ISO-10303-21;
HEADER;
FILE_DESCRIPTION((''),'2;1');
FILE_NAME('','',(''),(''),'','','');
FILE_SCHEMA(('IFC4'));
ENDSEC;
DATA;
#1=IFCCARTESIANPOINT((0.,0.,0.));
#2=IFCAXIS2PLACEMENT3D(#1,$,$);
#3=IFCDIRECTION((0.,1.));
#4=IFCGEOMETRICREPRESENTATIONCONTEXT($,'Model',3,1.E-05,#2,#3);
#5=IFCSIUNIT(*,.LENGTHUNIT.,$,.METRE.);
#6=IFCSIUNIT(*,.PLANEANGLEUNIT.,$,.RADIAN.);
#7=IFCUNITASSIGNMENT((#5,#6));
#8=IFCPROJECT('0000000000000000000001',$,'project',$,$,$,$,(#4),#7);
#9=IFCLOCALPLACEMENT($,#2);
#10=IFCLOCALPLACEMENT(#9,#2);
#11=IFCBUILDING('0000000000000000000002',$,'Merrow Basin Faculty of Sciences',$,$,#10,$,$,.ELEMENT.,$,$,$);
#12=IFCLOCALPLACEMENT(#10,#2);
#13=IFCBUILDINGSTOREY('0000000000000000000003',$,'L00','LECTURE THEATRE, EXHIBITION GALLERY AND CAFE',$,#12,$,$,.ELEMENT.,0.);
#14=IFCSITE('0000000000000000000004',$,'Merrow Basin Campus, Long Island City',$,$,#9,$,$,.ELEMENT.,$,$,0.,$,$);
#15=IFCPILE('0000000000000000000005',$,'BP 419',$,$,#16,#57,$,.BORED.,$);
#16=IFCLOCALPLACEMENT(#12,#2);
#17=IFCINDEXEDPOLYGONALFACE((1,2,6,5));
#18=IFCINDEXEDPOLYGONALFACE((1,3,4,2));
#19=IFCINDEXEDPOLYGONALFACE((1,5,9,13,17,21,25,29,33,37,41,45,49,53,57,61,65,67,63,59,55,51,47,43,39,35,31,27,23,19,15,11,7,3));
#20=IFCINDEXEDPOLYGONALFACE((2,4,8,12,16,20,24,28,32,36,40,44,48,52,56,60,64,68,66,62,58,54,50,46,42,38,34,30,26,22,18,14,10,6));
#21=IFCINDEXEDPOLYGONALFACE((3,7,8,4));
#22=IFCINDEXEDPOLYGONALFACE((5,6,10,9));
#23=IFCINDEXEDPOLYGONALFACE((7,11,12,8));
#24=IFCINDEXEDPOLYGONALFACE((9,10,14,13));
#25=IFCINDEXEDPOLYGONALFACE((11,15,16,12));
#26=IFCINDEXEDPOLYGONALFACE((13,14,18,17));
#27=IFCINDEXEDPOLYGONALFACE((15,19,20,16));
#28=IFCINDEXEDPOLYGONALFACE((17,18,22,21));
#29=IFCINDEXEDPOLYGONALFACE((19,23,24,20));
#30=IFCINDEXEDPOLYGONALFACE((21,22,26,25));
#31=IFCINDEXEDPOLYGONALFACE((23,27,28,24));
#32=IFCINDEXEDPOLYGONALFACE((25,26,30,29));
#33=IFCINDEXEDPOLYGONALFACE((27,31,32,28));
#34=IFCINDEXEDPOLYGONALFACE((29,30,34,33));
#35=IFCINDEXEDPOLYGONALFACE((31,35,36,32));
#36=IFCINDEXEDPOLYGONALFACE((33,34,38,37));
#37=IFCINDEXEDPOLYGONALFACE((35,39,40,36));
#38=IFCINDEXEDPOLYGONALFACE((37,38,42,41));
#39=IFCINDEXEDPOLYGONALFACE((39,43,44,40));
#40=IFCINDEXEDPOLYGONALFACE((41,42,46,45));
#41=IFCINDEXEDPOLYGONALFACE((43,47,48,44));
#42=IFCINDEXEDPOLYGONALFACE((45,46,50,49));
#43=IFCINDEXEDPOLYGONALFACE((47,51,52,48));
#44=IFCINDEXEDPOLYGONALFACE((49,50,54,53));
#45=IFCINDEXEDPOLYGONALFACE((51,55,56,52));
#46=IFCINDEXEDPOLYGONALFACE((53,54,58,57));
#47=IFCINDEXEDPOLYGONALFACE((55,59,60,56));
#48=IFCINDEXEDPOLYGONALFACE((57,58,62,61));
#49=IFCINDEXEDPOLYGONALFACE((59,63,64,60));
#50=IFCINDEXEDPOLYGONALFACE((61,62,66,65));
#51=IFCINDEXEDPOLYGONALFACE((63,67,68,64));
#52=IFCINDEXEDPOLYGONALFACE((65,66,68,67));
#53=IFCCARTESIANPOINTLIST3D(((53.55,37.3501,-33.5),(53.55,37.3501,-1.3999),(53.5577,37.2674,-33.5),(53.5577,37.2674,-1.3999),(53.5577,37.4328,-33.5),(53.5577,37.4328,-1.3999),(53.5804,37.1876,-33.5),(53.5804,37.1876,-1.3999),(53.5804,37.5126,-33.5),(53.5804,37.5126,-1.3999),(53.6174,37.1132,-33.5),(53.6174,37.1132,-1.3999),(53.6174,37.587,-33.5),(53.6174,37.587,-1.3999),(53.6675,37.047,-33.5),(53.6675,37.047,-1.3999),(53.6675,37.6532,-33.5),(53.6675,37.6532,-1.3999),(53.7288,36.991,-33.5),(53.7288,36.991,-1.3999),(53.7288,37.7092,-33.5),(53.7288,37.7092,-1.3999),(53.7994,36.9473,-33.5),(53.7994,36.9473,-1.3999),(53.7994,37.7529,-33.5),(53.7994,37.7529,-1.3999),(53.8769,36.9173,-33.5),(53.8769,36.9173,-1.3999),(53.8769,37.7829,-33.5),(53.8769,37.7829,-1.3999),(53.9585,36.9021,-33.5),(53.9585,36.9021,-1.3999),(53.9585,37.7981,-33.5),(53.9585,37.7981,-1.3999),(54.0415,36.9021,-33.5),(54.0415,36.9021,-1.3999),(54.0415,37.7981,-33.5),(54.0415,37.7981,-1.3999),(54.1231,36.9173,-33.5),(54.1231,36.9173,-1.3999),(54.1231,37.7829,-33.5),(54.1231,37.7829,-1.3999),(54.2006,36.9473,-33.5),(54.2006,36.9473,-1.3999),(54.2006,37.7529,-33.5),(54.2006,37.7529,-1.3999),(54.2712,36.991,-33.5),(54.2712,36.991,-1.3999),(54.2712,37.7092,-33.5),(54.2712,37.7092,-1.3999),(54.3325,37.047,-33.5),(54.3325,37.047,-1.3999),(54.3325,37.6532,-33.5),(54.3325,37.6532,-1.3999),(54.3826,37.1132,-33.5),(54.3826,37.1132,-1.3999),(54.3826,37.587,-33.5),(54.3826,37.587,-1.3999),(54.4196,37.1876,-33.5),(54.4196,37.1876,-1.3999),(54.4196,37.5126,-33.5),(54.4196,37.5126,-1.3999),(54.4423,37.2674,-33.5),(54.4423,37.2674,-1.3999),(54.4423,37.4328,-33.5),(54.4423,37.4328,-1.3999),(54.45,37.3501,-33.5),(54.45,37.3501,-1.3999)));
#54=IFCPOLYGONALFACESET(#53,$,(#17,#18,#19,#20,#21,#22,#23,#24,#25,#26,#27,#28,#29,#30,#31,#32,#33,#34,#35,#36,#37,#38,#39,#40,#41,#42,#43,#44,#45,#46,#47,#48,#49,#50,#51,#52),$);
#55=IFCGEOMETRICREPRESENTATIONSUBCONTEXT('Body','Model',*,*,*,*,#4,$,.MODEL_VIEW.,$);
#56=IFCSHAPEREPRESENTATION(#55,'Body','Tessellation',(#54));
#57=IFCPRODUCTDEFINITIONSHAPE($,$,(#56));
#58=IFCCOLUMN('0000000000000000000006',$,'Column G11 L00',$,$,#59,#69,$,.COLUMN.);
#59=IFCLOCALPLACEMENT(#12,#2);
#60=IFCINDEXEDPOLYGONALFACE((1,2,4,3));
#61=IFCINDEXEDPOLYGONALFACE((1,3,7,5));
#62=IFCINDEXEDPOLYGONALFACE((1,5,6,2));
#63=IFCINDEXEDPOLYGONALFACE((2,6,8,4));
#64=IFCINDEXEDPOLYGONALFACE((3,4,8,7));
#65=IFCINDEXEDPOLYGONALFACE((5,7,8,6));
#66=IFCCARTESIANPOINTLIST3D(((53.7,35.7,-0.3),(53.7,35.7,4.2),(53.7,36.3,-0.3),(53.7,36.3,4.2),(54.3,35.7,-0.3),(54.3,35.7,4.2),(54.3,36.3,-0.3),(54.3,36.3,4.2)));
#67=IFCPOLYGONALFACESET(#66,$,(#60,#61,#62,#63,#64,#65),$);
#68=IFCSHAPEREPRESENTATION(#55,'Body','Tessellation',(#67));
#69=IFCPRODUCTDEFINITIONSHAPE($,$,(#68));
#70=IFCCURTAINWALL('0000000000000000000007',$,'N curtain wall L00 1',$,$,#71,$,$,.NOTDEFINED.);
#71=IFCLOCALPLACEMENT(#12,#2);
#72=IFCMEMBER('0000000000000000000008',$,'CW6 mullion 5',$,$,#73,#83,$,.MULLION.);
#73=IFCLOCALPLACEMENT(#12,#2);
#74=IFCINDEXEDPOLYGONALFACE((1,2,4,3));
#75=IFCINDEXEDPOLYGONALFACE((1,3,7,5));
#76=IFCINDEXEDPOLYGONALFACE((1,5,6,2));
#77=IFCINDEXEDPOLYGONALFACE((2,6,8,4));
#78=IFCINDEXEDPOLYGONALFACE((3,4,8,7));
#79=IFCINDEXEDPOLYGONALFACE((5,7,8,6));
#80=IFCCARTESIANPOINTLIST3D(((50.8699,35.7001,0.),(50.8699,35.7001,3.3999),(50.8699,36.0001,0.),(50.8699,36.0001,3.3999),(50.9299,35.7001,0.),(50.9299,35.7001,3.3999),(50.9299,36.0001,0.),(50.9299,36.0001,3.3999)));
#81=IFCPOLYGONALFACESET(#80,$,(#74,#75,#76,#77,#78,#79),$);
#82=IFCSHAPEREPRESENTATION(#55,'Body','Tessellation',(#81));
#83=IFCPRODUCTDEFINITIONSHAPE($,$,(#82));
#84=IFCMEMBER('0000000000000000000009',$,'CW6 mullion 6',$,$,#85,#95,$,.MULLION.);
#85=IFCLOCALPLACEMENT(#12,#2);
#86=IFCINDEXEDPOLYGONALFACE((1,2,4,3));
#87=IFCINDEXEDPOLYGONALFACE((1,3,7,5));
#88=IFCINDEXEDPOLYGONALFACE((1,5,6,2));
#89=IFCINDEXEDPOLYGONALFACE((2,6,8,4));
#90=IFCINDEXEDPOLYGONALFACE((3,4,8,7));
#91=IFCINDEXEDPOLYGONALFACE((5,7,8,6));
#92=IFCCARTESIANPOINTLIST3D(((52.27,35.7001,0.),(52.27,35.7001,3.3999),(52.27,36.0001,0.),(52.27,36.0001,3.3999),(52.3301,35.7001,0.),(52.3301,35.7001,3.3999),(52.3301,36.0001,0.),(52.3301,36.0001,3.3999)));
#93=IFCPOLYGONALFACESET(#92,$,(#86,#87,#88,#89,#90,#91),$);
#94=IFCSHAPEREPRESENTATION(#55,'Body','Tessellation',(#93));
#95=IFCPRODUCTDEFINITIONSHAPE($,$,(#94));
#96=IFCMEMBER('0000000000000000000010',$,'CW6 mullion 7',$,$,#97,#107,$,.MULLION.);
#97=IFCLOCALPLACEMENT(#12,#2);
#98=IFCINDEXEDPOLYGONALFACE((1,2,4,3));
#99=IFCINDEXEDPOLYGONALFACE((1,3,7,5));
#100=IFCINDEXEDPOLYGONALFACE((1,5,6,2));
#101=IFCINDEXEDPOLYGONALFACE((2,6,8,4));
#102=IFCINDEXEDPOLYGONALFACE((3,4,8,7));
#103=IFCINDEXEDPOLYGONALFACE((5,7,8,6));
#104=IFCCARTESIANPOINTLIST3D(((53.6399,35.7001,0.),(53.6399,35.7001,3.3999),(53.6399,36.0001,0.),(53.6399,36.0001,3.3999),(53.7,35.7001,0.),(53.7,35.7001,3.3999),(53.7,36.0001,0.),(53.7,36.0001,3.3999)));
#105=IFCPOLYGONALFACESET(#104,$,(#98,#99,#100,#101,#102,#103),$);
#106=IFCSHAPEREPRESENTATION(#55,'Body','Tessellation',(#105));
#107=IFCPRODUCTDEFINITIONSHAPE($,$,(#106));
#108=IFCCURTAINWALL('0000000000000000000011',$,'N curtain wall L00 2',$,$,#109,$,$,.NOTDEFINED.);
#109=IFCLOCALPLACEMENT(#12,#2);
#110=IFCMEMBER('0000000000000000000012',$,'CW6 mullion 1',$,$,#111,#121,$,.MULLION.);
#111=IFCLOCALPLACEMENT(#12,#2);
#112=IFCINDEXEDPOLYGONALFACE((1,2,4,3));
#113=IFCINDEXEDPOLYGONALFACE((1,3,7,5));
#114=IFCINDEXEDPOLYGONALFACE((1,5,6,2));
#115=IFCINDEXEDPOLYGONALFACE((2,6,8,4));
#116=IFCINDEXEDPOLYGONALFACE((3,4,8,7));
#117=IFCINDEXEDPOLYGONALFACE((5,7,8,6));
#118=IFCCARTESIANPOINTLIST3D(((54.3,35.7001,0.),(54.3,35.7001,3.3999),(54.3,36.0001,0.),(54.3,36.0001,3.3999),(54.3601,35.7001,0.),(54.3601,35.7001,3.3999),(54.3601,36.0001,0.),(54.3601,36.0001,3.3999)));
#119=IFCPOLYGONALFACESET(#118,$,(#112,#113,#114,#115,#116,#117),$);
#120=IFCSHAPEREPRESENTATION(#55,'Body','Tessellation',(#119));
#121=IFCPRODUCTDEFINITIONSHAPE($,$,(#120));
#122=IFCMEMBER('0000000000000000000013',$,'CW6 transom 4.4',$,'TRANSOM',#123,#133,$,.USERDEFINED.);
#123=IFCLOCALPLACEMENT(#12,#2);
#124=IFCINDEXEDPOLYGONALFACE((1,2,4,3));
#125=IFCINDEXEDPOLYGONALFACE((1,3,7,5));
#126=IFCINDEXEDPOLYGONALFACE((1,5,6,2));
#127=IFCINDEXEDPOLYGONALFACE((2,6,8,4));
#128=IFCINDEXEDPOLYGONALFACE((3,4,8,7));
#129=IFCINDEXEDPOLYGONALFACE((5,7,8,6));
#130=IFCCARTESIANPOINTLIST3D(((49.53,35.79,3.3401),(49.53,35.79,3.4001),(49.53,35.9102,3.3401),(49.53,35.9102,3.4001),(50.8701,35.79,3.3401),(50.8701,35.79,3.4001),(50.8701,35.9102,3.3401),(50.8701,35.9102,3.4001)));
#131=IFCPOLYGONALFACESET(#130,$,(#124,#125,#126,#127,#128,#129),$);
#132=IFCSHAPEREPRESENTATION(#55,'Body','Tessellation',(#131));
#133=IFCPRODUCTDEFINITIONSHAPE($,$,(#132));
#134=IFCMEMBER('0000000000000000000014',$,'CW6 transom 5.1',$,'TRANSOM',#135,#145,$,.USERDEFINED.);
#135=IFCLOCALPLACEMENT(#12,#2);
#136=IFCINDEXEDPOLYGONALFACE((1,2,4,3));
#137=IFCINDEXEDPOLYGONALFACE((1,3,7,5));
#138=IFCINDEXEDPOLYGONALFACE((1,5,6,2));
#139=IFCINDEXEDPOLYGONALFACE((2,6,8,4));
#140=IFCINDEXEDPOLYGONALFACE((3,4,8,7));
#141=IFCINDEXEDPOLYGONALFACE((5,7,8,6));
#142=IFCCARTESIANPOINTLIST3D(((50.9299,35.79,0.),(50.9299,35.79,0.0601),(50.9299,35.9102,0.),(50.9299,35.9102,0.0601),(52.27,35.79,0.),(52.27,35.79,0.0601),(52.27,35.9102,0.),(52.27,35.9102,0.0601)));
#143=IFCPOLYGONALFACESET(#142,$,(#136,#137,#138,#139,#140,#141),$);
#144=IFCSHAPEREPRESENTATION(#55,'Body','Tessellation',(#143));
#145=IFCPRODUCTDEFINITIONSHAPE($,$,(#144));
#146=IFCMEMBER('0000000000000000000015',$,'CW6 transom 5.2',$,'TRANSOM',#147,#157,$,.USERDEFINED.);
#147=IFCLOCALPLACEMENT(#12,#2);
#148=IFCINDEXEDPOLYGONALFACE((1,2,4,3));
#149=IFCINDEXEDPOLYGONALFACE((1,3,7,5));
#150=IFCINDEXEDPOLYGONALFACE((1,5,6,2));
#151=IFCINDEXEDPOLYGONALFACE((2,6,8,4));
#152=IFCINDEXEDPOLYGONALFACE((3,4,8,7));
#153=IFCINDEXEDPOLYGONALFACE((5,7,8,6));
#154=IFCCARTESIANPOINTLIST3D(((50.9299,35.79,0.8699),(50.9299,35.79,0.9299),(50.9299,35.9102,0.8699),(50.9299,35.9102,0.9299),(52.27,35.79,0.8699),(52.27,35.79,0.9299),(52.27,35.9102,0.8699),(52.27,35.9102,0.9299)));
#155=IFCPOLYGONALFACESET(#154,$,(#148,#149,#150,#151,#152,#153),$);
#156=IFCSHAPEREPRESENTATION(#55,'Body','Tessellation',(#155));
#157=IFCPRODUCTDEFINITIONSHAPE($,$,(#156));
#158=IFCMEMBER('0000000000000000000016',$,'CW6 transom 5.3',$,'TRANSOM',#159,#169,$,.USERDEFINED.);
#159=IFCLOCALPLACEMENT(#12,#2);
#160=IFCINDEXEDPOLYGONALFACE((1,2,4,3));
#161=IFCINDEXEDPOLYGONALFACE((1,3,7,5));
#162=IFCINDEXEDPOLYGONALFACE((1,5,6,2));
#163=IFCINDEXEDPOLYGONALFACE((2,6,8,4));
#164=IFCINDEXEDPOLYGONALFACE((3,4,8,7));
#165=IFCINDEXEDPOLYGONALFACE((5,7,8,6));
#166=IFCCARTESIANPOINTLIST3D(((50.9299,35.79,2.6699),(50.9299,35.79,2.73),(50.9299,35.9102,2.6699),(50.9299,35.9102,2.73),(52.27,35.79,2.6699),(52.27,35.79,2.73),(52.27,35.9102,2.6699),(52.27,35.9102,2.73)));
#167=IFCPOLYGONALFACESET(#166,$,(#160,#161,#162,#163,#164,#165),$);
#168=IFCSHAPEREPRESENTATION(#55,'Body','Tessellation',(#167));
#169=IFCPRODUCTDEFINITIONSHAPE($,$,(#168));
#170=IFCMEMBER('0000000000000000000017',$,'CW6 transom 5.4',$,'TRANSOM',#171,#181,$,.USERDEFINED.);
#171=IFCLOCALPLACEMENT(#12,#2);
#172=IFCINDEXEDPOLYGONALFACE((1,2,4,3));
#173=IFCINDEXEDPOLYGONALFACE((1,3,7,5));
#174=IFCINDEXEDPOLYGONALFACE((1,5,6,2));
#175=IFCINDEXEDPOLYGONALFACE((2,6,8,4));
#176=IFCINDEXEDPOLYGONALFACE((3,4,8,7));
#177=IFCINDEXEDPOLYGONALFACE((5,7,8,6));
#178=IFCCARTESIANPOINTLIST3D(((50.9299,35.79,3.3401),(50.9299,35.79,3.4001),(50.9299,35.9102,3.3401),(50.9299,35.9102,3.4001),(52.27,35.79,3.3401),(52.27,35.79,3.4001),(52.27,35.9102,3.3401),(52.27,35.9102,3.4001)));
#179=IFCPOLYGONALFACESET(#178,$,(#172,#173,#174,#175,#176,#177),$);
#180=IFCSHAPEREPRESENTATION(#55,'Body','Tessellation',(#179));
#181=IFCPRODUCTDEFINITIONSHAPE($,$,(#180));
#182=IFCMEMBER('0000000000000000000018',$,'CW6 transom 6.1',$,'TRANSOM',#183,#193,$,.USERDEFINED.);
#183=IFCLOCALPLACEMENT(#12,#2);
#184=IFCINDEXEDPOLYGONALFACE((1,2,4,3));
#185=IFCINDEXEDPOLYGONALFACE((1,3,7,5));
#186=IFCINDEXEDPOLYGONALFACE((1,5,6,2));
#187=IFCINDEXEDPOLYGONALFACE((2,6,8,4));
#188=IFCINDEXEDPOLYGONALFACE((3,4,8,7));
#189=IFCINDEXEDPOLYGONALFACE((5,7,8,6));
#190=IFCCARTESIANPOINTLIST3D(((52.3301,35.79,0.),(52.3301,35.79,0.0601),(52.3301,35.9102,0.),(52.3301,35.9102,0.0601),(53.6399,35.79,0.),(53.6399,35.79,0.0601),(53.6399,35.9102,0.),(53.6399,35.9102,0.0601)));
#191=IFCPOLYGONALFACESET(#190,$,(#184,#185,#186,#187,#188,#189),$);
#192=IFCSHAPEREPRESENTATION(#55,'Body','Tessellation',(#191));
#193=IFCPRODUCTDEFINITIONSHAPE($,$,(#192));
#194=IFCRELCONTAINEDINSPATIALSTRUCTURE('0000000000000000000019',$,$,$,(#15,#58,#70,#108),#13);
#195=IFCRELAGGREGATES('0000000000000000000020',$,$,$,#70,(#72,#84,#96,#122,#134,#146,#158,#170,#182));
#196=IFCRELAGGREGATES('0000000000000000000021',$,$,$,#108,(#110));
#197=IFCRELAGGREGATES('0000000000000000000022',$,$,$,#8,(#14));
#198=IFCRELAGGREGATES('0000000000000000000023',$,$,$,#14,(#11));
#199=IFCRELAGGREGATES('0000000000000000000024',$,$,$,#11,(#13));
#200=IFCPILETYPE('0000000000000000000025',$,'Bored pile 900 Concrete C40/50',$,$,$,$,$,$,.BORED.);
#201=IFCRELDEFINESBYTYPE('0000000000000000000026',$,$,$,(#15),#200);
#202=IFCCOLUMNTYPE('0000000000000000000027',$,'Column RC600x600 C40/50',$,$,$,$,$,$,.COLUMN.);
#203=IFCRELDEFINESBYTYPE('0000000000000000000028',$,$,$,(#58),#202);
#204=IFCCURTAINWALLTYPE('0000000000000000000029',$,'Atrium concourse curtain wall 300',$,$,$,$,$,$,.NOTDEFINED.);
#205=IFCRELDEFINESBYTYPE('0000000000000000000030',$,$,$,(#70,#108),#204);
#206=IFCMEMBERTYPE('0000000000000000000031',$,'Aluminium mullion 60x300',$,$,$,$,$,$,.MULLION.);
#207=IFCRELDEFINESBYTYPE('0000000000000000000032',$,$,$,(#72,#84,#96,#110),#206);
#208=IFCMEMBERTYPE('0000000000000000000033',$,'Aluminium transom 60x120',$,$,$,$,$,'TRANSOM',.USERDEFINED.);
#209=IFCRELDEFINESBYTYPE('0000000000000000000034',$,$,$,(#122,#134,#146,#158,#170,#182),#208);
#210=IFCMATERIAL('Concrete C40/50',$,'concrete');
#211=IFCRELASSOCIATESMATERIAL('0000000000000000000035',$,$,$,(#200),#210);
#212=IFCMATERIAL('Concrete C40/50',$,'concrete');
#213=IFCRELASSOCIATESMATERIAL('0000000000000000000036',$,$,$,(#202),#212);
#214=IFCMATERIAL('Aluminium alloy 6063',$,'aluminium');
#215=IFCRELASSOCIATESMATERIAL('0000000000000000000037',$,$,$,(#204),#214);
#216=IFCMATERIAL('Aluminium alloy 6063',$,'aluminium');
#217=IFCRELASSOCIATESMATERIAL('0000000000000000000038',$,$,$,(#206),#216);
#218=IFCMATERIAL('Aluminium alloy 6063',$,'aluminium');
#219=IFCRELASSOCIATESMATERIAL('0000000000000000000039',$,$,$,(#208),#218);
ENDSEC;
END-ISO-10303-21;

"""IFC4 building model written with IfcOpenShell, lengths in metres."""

from ifc_helpers import new_model, si_unit, direction, frame, origin, origin_2d, place, context, subcontext, project, spatial, rectangle, circle, extrude, material, material_profile, profile_set, type_object, element, aggregate, save


model = new_model("IFC4")

# Units and contexts
model_context = context("Model", 3, precision=1e-05, world=origin(), true_north=direction((0.0, 1.0)))
body_context = subcontext(model_context, "Body", "Model", "MODEL_VIEW")
ifc_project = project(units=[si_unit("LENGTHUNIT", "METRE"), si_unit("PLANEANGLEUNIT", "RADIAN")], contexts=[model_context])

# Site, building, storey
site_placement = place(None, origin())
site = spatial("IfcSite", under=ifc_project, at=site_placement, Name="Merrow Basin Campus, Long Island City", CompositionType="ELEMENT", RefElevation=0.0)
building_placement = place(site_placement, origin())
building = spatial("IfcBuilding", under=site, at=building_placement, Name="Merrow Basin Faculty of Sciences", CompositionType="ELEMENT")
storey_placement = place(building_placement, origin())
storey = spatial("IfcBuildingStorey", under=building, at=storey_placement, Name="L00", Description="LECTURE THEATRE, EXHIBITION GALLERY AND CAFE", CompositionType="ELEMENT", Elevation=0.0)

# Pile
ifc_material_1 = material(Name="Concrete C40/50", Category="concrete")
ifc_material_profile_1 = material_profile(ifc_material_1, circle(Radius=0.45, at=origin_2d()))
ifc_profile_set_1 = profile_set([ifc_material_profile_1], Name="Concrete C40/50")
pile_type = type_object("IfcPileType", Name="Bored pile 900 Concrete C40/50", PredefinedType="BORED", material=ifc_profile_set_1)
pile_placement = place(storey_placement, frame((54.0, 37.3501, -1.3999), z_axis=(0.0, 0.0, -1.0), x_axis=(1.0, 0.0, 0.0)))
element("IfcPile", 1, at=pile_placement, inside=storey, type_object=pile_type, Name="BP 419", PredefinedType="BORED", context=body_context, shape_type="SweptSolid", body=[
    extrude(circle(Radius=0.45, at=origin_2d()), origin(), (0.0, 0.0, 1.0), 32.1001),
])

# Column
ifc_material_2 = material(Name="Concrete C40/50", Category="concrete")
ifc_material_profile_2 = material_profile(ifc_material_2, rectangle(XDim=0.6001, YDim=0.6001, at=origin_2d()))
ifc_profile_set_2 = profile_set([ifc_material_profile_2], Name="Concrete C40/50")
column_type = type_object("IfcColumnType", Name="Column RC600x600 C40/50", PredefinedType="COLUMN", material=ifc_profile_set_2)
column_placement = place(storey_placement, frame((54.0, 36.0, -0.3), z_axis=(0.0, 0.0, 1.0), x_axis=(1.0, 0.0, 0.0)))
element("IfcColumn", 2, at=column_placement, inside=storey, type_object=column_type, Name="Column G11 L00", PredefinedType="COLUMN", context=body_context, shape_type="SweptSolid", body=[
    extrude(rectangle(XDim=0.6001, YDim=0.6001, at=origin_2d()), origin(), (0.0, 0.0, 1.0), 4.5),
])

# Curtain wall, members
ifc_material_3 = material(Name="Aluminium alloy 6063", Category="aluminium")
curtain_wall_type = type_object("IfcCurtainWallType", Name="Atrium concourse curtain wall 300", PredefinedType="NOTDEFINED", material=ifc_material_3)
curtain_wall_1_placement = place(storey_placement, origin())
curtain_wall_1 = element("IfcCurtainWall", 3, at=curtain_wall_1_placement, inside=storey, type_object=curtain_wall_type, Name="N curtain wall L00 1", PredefinedType="NOTDEFINED")
ifc_material_4 = material(Name="Aluminium alloy 6063", Category="aluminium")
ifc_material_profile_3 = material_profile(ifc_material_4, rectangle(XDim=0.3, YDim=0.0601, at=origin_2d()))
ifc_profile_set_3 = profile_set([ifc_material_profile_3], Name="Aluminium alloy 6063")
member_type_1 = type_object("IfcMemberType", Name="Aluminium mullion 60x300", PredefinedType="MULLION", material=ifc_profile_set_3)
member_1_placement = place(storey_placement, frame((50.8999, 35.8501, 0.0), z_axis=(0.0, 0.0, 1.0), x_axis=(0.0, 1.0, 0.0)))
member_1 = element("IfcMember", 4, at=member_1_placement, type_object=member_type_1, Name="CW6 mullion 5", PredefinedType="MULLION", context=body_context, shape_type="SweptSolid", body=[
    extrude(rectangle(XDim=0.3, YDim=0.0601, at=origin_2d()), origin(), (0.0, 0.0, 1.0), 3.3999),
])
member_2_placement = place(storey_placement, frame((52.3, 35.8501, 0.0), z_axis=(0.0, 0.0, 1.0), x_axis=(0.0, 1.0, 0.0)))
member_2 = element("IfcMember", 5, at=member_2_placement, type_object=member_type_1, Name="CW6 mullion 6", PredefinedType="MULLION", context=body_context, shape_type="SweptSolid", body=[
    extrude(rectangle(XDim=0.3, YDim=0.0601, at=origin_2d()), origin(), (0.0, 0.0, 1.0), 3.3999),
])
member_3_placement = place(storey_placement, frame((53.6699, 35.8501, 0.0), z_axis=(0.0, 0.0, 1.0), x_axis=(0.0, 1.0, 0.0)))
member_3 = element("IfcMember", 6, at=member_3_placement, type_object=member_type_1, Name="CW6 mullion 7", PredefinedType="MULLION", context=body_context, shape_type="SweptSolid", body=[
    extrude(rectangle(XDim=0.3, YDim=0.0601, at=origin_2d()), origin(), (0.0, 0.0, 1.0), 3.3999),
])

# Curtain wall, member
curtain_wall_2_placement = place(storey_placement, origin())
curtain_wall_2 = element("IfcCurtainWall", 7, at=curtain_wall_2_placement, inside=storey, type_object=curtain_wall_type, Name="N curtain wall L00 2", PredefinedType="NOTDEFINED")
member_4_placement = place(storey_placement, frame((54.3301, 35.8501, 0.0), z_axis=(0.0, 0.0, 1.0), x_axis=(0.0, 1.0, 0.0)))
member_4 = element("IfcMember", 8, at=member_4_placement, type_object=member_type_1, Name="CW6 mullion 1", PredefinedType="MULLION", context=body_context, shape_type="SweptSolid", body=[
    extrude(rectangle(XDim=0.3, YDim=0.0601, at=origin_2d()), origin(), (0.0, 0.0, 1.0), 3.3999),
])

# Members
ifc_material_5 = material(Name="Aluminium alloy 6063", Category="aluminium")
ifc_material_profile_4 = material_profile(ifc_material_5, rectangle(XDim=0.1201, YDim=0.0601, at=origin_2d()))
ifc_profile_set_4 = profile_set([ifc_material_profile_4], Name="Aluminium alloy 6063")
member_type_2 = type_object("IfcMemberType", Name="Aluminium transom 60x120", ElementType="TRANSOM", PredefinedType="USERDEFINED", material=ifc_profile_set_4)
member_5_placement = place(storey_placement, frame((49.53, 35.8501, 3.3701), z_axis=(1.0, 0.0, 0.0), x_axis=(0.0, 1.0, 0.0)))
member_5 = element("IfcMember", 9, at=member_5_placement, type_object=member_type_2, Name="CW6 transom 4.4", ObjectType="TRANSOM", PredefinedType="USERDEFINED", context=body_context, shape_type="SweptSolid", body=[
    extrude(rectangle(XDim=0.1201, YDim=0.0601, at=origin_2d()), origin(), (0.0, 0.0, 1.0), 1.3401),
])
member_6_placement = place(storey_placement, frame((50.9299, 35.8501, 0.03), z_axis=(1.0, 0.0, 0.0), x_axis=(0.0, 1.0, 0.0)))
member_6 = element("IfcMember", 10, at=member_6_placement, type_object=member_type_2, Name="CW6 transom 5.1", ObjectType="TRANSOM", PredefinedType="USERDEFINED", context=body_context, shape_type="SweptSolid", body=[
    extrude(rectangle(XDim=0.1201, YDim=0.0601, at=origin_2d()), origin(), (0.0, 0.0, 1.0), 1.3401),
])
member_7_placement = place(storey_placement, frame((50.9299, 35.8501, 0.8999), z_axis=(1.0, 0.0, 0.0), x_axis=(0.0, 1.0, 0.0)))
member_7 = element("IfcMember", 11, at=member_7_placement, type_object=member_type_2, Name="CW6 transom 5.2", ObjectType="TRANSOM", PredefinedType="USERDEFINED", context=body_context, shape_type="SweptSolid", body=[
    extrude(rectangle(XDim=0.1201, YDim=0.0601, at=origin_2d()), origin(), (0.0, 0.0, 1.0), 1.3401),
])
member_8_placement = place(storey_placement, frame((50.9299, 35.8501, 2.7), z_axis=(1.0, 0.0, 0.0), x_axis=(0.0, 1.0, 0.0)))
member_8 = element("IfcMember", 12, at=member_8_placement, type_object=member_type_2, Name="CW6 transom 5.3", ObjectType="TRANSOM", PredefinedType="USERDEFINED", context=body_context, shape_type="SweptSolid", body=[
    extrude(rectangle(XDim=0.1201, YDim=0.0601, at=origin_2d()), origin(), (0.0, 0.0, 1.0), 1.3401),
])
member_9_placement = place(storey_placement, frame((50.9299, 35.8501, 3.3701), z_axis=(1.0, 0.0, 0.0), x_axis=(0.0, 1.0, 0.0)))
member_9 = element("IfcMember", 13, at=member_9_placement, type_object=member_type_2, Name="CW6 transom 5.4", ObjectType="TRANSOM", PredefinedType="USERDEFINED", context=body_context, shape_type="SweptSolid", body=[
    extrude(rectangle(XDim=0.1201, YDim=0.0601, at=origin_2d()), origin(), (0.0, 0.0, 1.0), 1.3401),
])
member_10_placement = place(storey_placement, frame((52.3301, 35.8501, 0.03), z_axis=(1.0, 0.0, 0.0), x_axis=(0.0, 1.0, 0.0)))
member_10 = element("IfcMember", 14, at=member_10_placement, type_object=member_type_2, Name="CW6 transom 6.1", ObjectType="TRANSOM", PredefinedType="USERDEFINED", context=body_context, shape_type="SweptSolid", body=[
    extrude(rectangle(XDim=0.1201, YDim=0.0601, at=origin_2d()), origin(), (0.0, 0.0, 1.0), 1.3098),
])

aggregate(curtain_wall_1, [member_1, member_2, member_3, member_5, member_6, member_7, member_8, member_9, member_10])
aggregate(curtain_wall_2, [member_4])

save(model, "model.ifc")
